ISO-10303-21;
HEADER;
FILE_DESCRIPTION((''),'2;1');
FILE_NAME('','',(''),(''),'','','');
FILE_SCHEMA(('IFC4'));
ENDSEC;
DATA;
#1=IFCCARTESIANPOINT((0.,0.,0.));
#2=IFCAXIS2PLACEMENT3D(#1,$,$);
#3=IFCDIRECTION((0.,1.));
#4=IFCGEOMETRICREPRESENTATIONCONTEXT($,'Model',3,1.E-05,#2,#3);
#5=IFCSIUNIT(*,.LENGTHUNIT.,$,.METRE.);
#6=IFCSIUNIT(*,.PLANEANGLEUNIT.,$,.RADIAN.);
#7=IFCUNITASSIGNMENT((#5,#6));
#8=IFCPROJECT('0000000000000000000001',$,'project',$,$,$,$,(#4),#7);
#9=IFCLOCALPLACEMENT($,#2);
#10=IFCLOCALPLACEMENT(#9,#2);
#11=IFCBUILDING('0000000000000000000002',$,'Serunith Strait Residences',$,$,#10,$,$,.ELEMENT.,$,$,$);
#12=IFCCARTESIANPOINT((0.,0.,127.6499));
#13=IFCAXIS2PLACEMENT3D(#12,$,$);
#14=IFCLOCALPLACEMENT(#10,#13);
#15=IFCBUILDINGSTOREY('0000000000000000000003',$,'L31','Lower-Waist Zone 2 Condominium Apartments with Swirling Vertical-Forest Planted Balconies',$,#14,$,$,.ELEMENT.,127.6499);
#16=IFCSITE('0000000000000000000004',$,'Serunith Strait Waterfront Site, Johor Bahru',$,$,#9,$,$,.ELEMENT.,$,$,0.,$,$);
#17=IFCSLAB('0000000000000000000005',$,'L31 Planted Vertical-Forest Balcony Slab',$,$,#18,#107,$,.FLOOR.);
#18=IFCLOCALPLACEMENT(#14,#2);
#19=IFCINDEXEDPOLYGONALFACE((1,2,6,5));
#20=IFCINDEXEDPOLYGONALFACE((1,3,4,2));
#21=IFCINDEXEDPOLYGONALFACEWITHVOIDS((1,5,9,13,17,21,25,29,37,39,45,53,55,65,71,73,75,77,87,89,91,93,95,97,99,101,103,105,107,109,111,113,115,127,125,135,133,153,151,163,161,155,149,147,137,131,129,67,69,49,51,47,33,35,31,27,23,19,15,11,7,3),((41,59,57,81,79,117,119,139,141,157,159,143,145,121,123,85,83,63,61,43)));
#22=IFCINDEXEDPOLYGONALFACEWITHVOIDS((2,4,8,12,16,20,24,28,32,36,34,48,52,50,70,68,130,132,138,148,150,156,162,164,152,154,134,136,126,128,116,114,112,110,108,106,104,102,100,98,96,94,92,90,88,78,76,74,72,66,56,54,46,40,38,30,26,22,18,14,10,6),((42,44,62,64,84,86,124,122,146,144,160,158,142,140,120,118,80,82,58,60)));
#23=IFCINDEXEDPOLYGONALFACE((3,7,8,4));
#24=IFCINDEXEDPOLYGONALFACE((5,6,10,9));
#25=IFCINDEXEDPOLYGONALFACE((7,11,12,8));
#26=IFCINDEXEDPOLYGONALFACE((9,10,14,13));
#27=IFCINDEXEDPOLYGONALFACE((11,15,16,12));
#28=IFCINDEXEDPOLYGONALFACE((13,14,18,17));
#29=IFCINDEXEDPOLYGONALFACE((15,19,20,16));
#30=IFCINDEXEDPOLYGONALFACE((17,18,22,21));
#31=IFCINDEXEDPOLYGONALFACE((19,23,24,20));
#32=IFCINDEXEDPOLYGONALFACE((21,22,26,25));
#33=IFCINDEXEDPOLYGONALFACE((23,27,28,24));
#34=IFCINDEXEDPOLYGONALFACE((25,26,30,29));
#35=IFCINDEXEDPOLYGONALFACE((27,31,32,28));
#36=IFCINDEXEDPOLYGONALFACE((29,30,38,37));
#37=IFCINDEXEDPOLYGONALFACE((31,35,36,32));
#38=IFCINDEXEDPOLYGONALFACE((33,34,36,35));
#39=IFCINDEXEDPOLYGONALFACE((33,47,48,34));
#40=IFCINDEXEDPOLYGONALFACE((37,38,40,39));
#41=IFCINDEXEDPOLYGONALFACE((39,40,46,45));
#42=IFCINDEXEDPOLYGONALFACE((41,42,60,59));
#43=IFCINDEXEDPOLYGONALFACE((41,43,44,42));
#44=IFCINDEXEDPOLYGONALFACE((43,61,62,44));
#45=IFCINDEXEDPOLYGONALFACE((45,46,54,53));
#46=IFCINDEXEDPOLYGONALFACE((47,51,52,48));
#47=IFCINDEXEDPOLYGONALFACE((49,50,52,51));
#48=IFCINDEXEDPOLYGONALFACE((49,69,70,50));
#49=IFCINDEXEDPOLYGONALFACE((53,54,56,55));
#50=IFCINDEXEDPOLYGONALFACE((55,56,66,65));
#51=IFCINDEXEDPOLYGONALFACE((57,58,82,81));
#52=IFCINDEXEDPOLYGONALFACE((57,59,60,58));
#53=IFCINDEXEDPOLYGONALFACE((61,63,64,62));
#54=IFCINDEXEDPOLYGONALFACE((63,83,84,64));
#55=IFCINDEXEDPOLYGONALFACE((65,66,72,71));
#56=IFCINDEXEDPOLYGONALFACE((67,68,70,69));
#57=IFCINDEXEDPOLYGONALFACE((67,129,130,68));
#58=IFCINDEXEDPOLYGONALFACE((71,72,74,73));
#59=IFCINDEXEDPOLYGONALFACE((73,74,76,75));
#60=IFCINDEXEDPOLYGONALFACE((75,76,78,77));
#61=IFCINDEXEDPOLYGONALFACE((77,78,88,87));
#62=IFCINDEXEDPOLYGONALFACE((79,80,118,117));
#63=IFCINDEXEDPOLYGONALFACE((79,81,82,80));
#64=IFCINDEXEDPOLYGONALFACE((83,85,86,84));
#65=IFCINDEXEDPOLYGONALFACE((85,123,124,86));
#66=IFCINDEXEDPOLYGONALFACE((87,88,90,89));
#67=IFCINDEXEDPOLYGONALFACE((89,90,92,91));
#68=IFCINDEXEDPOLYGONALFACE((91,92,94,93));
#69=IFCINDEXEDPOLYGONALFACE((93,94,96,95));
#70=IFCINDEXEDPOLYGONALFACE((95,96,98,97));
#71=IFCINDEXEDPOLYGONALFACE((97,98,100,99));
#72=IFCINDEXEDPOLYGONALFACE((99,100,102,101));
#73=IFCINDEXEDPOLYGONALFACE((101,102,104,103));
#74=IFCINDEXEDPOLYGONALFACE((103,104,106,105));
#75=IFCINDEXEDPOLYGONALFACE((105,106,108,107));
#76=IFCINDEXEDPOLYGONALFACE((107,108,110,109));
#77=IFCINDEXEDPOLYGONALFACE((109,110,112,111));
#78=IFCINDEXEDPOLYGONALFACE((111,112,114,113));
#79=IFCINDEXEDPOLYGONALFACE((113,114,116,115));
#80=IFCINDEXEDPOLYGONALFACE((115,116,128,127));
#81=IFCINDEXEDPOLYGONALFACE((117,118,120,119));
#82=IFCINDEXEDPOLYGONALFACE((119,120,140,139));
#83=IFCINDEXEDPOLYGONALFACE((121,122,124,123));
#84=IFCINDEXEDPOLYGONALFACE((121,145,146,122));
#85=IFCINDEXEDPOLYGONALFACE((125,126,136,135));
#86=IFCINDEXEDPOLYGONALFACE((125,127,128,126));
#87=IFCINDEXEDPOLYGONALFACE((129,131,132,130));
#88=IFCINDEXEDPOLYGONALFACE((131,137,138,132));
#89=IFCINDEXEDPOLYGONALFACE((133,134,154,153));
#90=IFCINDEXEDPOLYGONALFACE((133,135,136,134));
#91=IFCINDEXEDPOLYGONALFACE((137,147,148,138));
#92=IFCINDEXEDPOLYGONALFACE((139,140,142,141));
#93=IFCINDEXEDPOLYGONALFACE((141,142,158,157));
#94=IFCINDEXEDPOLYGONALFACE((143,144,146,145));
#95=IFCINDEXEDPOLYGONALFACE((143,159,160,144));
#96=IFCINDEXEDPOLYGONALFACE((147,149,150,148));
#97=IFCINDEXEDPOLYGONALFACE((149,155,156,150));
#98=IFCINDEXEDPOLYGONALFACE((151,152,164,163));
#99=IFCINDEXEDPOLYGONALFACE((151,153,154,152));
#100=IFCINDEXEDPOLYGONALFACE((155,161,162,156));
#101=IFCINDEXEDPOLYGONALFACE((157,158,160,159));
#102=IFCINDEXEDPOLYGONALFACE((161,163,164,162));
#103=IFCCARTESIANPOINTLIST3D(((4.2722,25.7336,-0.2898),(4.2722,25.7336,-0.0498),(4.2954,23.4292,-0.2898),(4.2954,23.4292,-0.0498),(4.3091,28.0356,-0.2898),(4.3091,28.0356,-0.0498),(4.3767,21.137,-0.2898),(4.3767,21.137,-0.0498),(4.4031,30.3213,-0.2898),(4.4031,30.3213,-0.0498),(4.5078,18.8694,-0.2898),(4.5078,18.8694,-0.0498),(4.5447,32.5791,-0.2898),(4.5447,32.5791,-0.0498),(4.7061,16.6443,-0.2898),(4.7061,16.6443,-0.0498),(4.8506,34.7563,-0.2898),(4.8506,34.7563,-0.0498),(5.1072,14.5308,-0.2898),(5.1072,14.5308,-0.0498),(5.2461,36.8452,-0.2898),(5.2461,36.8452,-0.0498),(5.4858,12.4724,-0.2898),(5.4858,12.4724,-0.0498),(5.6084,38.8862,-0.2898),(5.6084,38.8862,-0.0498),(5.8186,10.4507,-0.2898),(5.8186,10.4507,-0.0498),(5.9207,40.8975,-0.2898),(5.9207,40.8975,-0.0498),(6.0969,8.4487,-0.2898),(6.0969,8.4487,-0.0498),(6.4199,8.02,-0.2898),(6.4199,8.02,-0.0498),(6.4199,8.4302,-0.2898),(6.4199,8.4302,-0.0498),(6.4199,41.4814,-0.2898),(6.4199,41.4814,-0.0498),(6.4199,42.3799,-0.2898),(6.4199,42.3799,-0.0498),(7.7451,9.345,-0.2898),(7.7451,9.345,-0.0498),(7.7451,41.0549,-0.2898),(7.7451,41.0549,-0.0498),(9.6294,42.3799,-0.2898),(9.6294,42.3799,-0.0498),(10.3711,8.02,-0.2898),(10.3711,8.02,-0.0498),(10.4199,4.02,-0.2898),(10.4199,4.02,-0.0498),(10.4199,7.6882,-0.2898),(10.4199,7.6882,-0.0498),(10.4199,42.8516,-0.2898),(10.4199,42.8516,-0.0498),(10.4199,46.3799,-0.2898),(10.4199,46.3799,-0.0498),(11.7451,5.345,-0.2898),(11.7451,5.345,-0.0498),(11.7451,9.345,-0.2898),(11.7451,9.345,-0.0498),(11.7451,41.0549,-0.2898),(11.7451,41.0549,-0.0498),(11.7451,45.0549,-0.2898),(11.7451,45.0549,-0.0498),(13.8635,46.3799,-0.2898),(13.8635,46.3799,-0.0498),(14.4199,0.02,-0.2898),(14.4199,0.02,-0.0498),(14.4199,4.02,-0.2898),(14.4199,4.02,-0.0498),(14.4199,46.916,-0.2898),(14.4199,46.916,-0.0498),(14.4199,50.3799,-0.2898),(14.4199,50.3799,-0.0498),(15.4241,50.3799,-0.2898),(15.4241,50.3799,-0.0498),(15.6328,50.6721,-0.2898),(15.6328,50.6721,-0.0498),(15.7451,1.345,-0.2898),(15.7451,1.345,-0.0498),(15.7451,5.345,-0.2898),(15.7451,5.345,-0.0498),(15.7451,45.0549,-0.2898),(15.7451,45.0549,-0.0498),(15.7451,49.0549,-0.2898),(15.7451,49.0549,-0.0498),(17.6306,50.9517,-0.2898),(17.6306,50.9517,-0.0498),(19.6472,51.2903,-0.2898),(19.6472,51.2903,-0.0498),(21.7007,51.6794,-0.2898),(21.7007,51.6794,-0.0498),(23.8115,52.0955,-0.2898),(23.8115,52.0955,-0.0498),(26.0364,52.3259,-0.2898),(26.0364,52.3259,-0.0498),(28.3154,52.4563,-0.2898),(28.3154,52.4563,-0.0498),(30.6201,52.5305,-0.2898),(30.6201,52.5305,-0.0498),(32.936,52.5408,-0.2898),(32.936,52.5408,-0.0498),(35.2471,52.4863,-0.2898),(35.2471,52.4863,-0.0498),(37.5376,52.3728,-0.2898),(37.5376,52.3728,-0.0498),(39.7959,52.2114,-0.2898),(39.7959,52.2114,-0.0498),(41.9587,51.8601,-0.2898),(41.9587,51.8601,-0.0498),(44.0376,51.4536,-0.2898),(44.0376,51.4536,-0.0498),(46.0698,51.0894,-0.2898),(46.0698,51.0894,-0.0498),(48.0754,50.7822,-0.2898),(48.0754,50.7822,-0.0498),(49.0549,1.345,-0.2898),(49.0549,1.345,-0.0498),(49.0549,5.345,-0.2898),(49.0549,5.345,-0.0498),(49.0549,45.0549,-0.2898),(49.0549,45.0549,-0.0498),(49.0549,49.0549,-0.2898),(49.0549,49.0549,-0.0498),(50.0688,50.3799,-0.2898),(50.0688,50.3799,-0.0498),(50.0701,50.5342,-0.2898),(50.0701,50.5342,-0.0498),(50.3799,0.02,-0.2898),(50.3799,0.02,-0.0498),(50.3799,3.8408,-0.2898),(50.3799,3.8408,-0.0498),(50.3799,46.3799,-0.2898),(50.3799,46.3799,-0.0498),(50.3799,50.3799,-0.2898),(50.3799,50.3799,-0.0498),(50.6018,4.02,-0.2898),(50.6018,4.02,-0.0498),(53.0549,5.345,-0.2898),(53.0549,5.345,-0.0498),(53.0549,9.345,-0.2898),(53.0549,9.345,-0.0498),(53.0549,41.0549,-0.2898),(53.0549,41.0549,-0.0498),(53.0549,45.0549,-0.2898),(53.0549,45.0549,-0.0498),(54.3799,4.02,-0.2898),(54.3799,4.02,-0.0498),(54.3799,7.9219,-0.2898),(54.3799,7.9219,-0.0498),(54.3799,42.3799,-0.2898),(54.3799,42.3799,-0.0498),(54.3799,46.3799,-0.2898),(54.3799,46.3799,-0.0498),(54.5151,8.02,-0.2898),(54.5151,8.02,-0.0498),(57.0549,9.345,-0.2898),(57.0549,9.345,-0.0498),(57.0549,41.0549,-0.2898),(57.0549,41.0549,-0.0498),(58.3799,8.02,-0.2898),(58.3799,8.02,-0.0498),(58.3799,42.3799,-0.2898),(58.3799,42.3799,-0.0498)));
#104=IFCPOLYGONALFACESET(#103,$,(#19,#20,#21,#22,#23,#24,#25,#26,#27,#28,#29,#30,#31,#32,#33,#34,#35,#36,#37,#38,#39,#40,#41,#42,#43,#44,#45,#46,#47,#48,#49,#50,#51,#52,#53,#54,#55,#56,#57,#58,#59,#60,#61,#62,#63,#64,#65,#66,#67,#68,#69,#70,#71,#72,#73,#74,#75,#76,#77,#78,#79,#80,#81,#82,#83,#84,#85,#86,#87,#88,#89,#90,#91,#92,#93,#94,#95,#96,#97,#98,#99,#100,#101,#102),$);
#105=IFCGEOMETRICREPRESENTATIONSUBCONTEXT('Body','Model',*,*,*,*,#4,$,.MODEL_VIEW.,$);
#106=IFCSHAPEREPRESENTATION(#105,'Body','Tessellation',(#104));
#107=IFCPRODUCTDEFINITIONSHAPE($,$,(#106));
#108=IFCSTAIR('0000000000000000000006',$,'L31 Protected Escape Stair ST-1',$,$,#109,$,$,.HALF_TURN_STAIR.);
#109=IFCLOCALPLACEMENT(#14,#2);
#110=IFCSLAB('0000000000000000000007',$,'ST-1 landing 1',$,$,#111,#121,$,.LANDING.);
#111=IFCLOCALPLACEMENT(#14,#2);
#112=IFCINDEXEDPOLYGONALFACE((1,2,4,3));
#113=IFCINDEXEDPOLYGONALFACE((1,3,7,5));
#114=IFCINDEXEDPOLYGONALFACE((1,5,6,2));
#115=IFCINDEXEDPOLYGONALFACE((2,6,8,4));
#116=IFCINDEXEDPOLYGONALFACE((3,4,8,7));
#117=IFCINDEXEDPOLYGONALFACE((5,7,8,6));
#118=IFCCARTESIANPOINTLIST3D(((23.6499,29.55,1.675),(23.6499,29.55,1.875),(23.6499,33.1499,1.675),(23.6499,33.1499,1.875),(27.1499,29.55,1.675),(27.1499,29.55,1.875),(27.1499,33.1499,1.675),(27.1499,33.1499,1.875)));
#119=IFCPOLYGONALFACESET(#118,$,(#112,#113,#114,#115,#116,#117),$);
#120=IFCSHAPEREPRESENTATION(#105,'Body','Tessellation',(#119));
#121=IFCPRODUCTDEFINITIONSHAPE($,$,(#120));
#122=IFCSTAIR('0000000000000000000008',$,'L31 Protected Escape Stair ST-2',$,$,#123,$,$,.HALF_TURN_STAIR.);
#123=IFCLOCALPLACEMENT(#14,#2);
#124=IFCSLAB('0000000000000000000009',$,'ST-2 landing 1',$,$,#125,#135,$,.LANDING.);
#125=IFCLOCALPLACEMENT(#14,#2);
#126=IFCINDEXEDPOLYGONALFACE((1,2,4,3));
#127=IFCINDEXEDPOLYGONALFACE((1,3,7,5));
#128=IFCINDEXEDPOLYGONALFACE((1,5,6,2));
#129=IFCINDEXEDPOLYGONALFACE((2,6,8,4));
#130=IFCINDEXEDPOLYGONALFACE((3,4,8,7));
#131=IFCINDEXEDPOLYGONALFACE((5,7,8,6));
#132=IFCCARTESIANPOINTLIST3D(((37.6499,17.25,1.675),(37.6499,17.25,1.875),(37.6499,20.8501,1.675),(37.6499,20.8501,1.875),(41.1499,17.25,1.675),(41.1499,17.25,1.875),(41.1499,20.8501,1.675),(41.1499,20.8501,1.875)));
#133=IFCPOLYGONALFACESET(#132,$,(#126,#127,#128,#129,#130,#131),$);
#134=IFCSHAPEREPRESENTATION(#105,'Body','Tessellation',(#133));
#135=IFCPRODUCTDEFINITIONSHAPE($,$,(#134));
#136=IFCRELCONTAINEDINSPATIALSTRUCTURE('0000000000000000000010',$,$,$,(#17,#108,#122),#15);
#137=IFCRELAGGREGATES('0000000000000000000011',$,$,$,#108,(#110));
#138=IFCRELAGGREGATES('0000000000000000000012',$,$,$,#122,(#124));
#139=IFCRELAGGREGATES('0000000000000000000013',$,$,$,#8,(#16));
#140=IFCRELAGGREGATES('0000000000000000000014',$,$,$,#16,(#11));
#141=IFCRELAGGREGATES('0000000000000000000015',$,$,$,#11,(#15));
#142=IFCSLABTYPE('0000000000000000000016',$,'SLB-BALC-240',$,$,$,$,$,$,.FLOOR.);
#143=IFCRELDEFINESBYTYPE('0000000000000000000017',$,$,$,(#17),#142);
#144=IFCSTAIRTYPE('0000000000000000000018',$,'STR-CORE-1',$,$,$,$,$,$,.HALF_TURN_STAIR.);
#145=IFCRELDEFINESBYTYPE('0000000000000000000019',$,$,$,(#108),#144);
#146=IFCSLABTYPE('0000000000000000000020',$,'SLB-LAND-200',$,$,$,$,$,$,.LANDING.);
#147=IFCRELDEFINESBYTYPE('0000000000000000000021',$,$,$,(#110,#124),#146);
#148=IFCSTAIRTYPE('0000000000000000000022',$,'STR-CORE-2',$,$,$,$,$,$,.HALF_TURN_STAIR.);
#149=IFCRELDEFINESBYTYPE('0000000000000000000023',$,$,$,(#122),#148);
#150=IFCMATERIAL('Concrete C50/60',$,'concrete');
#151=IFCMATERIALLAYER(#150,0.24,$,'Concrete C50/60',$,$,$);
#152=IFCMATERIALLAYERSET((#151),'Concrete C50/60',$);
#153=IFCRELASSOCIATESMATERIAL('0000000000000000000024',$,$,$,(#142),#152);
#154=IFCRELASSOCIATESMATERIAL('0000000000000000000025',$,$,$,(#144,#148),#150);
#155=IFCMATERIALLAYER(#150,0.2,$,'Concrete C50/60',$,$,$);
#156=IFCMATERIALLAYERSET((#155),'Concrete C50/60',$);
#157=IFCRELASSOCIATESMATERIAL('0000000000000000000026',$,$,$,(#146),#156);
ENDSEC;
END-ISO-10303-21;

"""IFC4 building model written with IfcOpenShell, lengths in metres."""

from ifc_helpers import new_model, si_unit, direction, frame, origin, place, context, subcontext, project, spatial, polyline, outline, extrude, material, layer, layer_set, type_object, element, aggregate, save


model = new_model("IFC4")

# Units and contexts
model_context = context("Model", 3, precision=1e-05, world=origin(), true_north=direction((0.0, 1.0)))
body_context = subcontext(model_context, "Body", "Model", "MODEL_VIEW")
ifc_project = project(units=[si_unit("LENGTHUNIT", "METRE"), si_unit("PLANEANGLEUNIT", "RADIAN")], contexts=[model_context])

# Site, building, storey
site_placement = place(None, origin())
site = spatial("IfcSite", under=ifc_project, at=site_placement, Name="Serunith Strait Waterfront Site, Johor Bahru", CompositionType="ELEMENT", RefElevation=0.0)
building_placement = place(site_placement, origin())
building = spatial("IfcBuilding", under=site, at=building_placement, Name="Serunith Strait Residences", CompositionType="ELEMENT")
storey_placement = place(building_placement, frame((0.0, 0.0, 127.6499)))
storey = spatial("IfcBuildingStorey", under=building, at=storey_placement, Name="L31", Description="Lower-Waist Zone 2 Condominium Apartments with Swirling Vertical-Forest Planted Balconies", CompositionType="ELEMENT", Elevation=127.6499)

# Slab
ifc_material_1 = material(Name="Concrete C50/60", Category="concrete")
ifc_layer_1 = layer(ifc_material_1, 0.24, Name="Concrete C50/60")
ifc_layer_set_1 = layer_set([ifc_layer_1], Name="Concrete C50/60")
slab_type_1 = type_object("IfcSlabType", Name="SLB-BALC-240", PredefinedType="FLOOR", material=ifc_layer_set_1)
slab_1_placement = place(storey_placement, frame((0.0, 0.0, -0.2898)))
element("IfcSlab", 1, at=slab_1_placement, inside=storey, type_object=slab_type_1, Name="L31 Planted Vertical-Forest Balcony Slab", PredefinedType="FLOOR", context=body_context, shape_type="SweptSolid", body=[
    extrude(outline(polyline([(6.4199, 8.02), (6.4199, 8.4302), (6.0969, 8.4487), (5.8186, 10.4507), (5.4858, 12.4724), (5.1072, 14.5308), (4.7061, 16.6443), (4.5078, 18.8694), (4.3767, 21.137), (4.2954, 23.4292), (4.2722, 25.7336), (4.3091, 28.0356), (4.4031, 30.3213), (4.5447, 32.5791), (4.8506, 34.7563), (5.2461, 36.8452), (5.6084, 38.8862), (5.9207, 40.8975), (6.4199, 41.4814), (6.4199, 42.3799), (9.6294, 42.3799), (10.4199, 42.8516), (10.4199, 46.3799), (13.8635, 46.3799), (14.4199, 46.916), (14.4199, 50.3799), (15.4241, 50.3799), (15.6328, 50.6721), (17.6306, 50.9517), (19.6472, 51.2903), (21.7007, 51.6794), (23.8115, 52.0955), (26.0364, 52.3259), (28.3154, 52.4563), (30.6201, 52.5305), (32.936, 52.5408), (35.2471, 52.4863), (37.5376, 52.3728), (39.7959, 52.2114), (41.9587, 51.8601), (44.0376, 51.4536), (46.0698, 51.0894), (48.0754, 50.7822), (50.0701, 50.5342), (50.0688, 50.3799), (50.3799, 50.3799), (50.3799, 46.3799), (54.3799, 46.3799), (54.3799, 42.3799), (58.3799, 42.3799), (58.3799, 8.02), (54.5151, 8.02), (54.3799, 7.9219), (54.3799, 4.02), (50.6018, 4.02), (50.3799, 3.8408), (50.3799, 0.02), (14.4199, 0.02), (14.4199, 4.02), (10.4199, 4.02), (10.4199, 7.6882), (10.3711, 8.02), (6.4199, 8.02)]), holes=[polyline([(49.0549, 1.345), (49.0549, 5.345), (53.0549, 5.345), (53.0549, 9.345), (57.0549, 9.345), (57.0549, 41.0549), (53.0549, 41.0549), (53.0549, 45.0549), (49.0549, 45.0549), (49.0549, 49.0549), (15.7451, 49.0549), (15.7451, 45.0549), (11.7451, 45.0549), (11.7451, 41.0549), (7.7451, 41.0549), (7.7451, 9.345), (11.7451, 9.345), (11.7451, 5.345), (15.7451, 5.345), (15.7451, 1.345), (49.0549, 1.345)])]), origin(), (0.0, 0.0, 1.0), 0.24),
])

# Stairs, slabs
stair_type_1 = type_object("IfcStairType", Name="STR-CORE-1", PredefinedType="HALF_TURN_STAIR", material=ifc_material_1)
stair_1_placement = place(storey_placement, origin())
stair_1 = element("IfcStair", 2, at=stair_1_placement, inside=storey, type_object=stair_type_1, Name="L31 Protected Escape Stair ST-1", PredefinedType="HALF_TURN_STAIR")
ifc_layer_2 = layer(ifc_material_1, 0.2, Name="Concrete C50/60")
ifc_layer_set_2 = layer_set([ifc_layer_2], Name="Concrete C50/60")
slab_type_2 = type_object("IfcSlabType", Name="SLB-LAND-200", PredefinedType="LANDING", material=ifc_layer_set_2)
slab_2_placement = place(storey_placement, frame((0.0, 0.0, 1.675)))
slab_2 = element("IfcSlab", 3, at=slab_2_placement, type_object=slab_type_2, Name="ST-1 landing 1", PredefinedType="LANDING", context=body_context, shape_type="SweptSolid", body=[
    extrude(outline(polyline([(27.1499, 29.55), (27.1499, 33.1499), (23.6499, 33.1499), (23.6499, 29.55), (27.1499, 29.55)])), origin(), (0.0, 0.0, 1.0), 0.2),
])
aggregate(stair_1, [slab_2])
stair_type_2 = type_object("IfcStairType", Name="STR-CORE-2", PredefinedType="HALF_TURN_STAIR", material=ifc_material_1)
stair_2_placement = place(storey_placement, origin())
stair_2 = element("IfcStair", 4, at=stair_2_placement, inside=storey, type_object=stair_type_2, Name="L31 Protected Escape Stair ST-2", PredefinedType="HALF_TURN_STAIR")
slab_3_placement = place(storey_placement, frame((0.0, 0.0, 1.675)))
slab_3 = element("IfcSlab", 5, at=slab_3_placement, type_object=slab_type_2, Name="ST-2 landing 1", PredefinedType="LANDING", context=body_context, shape_type="SweptSolid", body=[
    extrude(outline(polyline([(37.6499, 20.8501), (37.6499, 17.25), (41.1499, 17.25), (41.1499, 20.8501), (37.6499, 20.8501)])), origin(), (0.0, 0.0, 1.0), 0.2),
])
aggregate(stair_2, [slab_3])

save(model, "model.ifc")
